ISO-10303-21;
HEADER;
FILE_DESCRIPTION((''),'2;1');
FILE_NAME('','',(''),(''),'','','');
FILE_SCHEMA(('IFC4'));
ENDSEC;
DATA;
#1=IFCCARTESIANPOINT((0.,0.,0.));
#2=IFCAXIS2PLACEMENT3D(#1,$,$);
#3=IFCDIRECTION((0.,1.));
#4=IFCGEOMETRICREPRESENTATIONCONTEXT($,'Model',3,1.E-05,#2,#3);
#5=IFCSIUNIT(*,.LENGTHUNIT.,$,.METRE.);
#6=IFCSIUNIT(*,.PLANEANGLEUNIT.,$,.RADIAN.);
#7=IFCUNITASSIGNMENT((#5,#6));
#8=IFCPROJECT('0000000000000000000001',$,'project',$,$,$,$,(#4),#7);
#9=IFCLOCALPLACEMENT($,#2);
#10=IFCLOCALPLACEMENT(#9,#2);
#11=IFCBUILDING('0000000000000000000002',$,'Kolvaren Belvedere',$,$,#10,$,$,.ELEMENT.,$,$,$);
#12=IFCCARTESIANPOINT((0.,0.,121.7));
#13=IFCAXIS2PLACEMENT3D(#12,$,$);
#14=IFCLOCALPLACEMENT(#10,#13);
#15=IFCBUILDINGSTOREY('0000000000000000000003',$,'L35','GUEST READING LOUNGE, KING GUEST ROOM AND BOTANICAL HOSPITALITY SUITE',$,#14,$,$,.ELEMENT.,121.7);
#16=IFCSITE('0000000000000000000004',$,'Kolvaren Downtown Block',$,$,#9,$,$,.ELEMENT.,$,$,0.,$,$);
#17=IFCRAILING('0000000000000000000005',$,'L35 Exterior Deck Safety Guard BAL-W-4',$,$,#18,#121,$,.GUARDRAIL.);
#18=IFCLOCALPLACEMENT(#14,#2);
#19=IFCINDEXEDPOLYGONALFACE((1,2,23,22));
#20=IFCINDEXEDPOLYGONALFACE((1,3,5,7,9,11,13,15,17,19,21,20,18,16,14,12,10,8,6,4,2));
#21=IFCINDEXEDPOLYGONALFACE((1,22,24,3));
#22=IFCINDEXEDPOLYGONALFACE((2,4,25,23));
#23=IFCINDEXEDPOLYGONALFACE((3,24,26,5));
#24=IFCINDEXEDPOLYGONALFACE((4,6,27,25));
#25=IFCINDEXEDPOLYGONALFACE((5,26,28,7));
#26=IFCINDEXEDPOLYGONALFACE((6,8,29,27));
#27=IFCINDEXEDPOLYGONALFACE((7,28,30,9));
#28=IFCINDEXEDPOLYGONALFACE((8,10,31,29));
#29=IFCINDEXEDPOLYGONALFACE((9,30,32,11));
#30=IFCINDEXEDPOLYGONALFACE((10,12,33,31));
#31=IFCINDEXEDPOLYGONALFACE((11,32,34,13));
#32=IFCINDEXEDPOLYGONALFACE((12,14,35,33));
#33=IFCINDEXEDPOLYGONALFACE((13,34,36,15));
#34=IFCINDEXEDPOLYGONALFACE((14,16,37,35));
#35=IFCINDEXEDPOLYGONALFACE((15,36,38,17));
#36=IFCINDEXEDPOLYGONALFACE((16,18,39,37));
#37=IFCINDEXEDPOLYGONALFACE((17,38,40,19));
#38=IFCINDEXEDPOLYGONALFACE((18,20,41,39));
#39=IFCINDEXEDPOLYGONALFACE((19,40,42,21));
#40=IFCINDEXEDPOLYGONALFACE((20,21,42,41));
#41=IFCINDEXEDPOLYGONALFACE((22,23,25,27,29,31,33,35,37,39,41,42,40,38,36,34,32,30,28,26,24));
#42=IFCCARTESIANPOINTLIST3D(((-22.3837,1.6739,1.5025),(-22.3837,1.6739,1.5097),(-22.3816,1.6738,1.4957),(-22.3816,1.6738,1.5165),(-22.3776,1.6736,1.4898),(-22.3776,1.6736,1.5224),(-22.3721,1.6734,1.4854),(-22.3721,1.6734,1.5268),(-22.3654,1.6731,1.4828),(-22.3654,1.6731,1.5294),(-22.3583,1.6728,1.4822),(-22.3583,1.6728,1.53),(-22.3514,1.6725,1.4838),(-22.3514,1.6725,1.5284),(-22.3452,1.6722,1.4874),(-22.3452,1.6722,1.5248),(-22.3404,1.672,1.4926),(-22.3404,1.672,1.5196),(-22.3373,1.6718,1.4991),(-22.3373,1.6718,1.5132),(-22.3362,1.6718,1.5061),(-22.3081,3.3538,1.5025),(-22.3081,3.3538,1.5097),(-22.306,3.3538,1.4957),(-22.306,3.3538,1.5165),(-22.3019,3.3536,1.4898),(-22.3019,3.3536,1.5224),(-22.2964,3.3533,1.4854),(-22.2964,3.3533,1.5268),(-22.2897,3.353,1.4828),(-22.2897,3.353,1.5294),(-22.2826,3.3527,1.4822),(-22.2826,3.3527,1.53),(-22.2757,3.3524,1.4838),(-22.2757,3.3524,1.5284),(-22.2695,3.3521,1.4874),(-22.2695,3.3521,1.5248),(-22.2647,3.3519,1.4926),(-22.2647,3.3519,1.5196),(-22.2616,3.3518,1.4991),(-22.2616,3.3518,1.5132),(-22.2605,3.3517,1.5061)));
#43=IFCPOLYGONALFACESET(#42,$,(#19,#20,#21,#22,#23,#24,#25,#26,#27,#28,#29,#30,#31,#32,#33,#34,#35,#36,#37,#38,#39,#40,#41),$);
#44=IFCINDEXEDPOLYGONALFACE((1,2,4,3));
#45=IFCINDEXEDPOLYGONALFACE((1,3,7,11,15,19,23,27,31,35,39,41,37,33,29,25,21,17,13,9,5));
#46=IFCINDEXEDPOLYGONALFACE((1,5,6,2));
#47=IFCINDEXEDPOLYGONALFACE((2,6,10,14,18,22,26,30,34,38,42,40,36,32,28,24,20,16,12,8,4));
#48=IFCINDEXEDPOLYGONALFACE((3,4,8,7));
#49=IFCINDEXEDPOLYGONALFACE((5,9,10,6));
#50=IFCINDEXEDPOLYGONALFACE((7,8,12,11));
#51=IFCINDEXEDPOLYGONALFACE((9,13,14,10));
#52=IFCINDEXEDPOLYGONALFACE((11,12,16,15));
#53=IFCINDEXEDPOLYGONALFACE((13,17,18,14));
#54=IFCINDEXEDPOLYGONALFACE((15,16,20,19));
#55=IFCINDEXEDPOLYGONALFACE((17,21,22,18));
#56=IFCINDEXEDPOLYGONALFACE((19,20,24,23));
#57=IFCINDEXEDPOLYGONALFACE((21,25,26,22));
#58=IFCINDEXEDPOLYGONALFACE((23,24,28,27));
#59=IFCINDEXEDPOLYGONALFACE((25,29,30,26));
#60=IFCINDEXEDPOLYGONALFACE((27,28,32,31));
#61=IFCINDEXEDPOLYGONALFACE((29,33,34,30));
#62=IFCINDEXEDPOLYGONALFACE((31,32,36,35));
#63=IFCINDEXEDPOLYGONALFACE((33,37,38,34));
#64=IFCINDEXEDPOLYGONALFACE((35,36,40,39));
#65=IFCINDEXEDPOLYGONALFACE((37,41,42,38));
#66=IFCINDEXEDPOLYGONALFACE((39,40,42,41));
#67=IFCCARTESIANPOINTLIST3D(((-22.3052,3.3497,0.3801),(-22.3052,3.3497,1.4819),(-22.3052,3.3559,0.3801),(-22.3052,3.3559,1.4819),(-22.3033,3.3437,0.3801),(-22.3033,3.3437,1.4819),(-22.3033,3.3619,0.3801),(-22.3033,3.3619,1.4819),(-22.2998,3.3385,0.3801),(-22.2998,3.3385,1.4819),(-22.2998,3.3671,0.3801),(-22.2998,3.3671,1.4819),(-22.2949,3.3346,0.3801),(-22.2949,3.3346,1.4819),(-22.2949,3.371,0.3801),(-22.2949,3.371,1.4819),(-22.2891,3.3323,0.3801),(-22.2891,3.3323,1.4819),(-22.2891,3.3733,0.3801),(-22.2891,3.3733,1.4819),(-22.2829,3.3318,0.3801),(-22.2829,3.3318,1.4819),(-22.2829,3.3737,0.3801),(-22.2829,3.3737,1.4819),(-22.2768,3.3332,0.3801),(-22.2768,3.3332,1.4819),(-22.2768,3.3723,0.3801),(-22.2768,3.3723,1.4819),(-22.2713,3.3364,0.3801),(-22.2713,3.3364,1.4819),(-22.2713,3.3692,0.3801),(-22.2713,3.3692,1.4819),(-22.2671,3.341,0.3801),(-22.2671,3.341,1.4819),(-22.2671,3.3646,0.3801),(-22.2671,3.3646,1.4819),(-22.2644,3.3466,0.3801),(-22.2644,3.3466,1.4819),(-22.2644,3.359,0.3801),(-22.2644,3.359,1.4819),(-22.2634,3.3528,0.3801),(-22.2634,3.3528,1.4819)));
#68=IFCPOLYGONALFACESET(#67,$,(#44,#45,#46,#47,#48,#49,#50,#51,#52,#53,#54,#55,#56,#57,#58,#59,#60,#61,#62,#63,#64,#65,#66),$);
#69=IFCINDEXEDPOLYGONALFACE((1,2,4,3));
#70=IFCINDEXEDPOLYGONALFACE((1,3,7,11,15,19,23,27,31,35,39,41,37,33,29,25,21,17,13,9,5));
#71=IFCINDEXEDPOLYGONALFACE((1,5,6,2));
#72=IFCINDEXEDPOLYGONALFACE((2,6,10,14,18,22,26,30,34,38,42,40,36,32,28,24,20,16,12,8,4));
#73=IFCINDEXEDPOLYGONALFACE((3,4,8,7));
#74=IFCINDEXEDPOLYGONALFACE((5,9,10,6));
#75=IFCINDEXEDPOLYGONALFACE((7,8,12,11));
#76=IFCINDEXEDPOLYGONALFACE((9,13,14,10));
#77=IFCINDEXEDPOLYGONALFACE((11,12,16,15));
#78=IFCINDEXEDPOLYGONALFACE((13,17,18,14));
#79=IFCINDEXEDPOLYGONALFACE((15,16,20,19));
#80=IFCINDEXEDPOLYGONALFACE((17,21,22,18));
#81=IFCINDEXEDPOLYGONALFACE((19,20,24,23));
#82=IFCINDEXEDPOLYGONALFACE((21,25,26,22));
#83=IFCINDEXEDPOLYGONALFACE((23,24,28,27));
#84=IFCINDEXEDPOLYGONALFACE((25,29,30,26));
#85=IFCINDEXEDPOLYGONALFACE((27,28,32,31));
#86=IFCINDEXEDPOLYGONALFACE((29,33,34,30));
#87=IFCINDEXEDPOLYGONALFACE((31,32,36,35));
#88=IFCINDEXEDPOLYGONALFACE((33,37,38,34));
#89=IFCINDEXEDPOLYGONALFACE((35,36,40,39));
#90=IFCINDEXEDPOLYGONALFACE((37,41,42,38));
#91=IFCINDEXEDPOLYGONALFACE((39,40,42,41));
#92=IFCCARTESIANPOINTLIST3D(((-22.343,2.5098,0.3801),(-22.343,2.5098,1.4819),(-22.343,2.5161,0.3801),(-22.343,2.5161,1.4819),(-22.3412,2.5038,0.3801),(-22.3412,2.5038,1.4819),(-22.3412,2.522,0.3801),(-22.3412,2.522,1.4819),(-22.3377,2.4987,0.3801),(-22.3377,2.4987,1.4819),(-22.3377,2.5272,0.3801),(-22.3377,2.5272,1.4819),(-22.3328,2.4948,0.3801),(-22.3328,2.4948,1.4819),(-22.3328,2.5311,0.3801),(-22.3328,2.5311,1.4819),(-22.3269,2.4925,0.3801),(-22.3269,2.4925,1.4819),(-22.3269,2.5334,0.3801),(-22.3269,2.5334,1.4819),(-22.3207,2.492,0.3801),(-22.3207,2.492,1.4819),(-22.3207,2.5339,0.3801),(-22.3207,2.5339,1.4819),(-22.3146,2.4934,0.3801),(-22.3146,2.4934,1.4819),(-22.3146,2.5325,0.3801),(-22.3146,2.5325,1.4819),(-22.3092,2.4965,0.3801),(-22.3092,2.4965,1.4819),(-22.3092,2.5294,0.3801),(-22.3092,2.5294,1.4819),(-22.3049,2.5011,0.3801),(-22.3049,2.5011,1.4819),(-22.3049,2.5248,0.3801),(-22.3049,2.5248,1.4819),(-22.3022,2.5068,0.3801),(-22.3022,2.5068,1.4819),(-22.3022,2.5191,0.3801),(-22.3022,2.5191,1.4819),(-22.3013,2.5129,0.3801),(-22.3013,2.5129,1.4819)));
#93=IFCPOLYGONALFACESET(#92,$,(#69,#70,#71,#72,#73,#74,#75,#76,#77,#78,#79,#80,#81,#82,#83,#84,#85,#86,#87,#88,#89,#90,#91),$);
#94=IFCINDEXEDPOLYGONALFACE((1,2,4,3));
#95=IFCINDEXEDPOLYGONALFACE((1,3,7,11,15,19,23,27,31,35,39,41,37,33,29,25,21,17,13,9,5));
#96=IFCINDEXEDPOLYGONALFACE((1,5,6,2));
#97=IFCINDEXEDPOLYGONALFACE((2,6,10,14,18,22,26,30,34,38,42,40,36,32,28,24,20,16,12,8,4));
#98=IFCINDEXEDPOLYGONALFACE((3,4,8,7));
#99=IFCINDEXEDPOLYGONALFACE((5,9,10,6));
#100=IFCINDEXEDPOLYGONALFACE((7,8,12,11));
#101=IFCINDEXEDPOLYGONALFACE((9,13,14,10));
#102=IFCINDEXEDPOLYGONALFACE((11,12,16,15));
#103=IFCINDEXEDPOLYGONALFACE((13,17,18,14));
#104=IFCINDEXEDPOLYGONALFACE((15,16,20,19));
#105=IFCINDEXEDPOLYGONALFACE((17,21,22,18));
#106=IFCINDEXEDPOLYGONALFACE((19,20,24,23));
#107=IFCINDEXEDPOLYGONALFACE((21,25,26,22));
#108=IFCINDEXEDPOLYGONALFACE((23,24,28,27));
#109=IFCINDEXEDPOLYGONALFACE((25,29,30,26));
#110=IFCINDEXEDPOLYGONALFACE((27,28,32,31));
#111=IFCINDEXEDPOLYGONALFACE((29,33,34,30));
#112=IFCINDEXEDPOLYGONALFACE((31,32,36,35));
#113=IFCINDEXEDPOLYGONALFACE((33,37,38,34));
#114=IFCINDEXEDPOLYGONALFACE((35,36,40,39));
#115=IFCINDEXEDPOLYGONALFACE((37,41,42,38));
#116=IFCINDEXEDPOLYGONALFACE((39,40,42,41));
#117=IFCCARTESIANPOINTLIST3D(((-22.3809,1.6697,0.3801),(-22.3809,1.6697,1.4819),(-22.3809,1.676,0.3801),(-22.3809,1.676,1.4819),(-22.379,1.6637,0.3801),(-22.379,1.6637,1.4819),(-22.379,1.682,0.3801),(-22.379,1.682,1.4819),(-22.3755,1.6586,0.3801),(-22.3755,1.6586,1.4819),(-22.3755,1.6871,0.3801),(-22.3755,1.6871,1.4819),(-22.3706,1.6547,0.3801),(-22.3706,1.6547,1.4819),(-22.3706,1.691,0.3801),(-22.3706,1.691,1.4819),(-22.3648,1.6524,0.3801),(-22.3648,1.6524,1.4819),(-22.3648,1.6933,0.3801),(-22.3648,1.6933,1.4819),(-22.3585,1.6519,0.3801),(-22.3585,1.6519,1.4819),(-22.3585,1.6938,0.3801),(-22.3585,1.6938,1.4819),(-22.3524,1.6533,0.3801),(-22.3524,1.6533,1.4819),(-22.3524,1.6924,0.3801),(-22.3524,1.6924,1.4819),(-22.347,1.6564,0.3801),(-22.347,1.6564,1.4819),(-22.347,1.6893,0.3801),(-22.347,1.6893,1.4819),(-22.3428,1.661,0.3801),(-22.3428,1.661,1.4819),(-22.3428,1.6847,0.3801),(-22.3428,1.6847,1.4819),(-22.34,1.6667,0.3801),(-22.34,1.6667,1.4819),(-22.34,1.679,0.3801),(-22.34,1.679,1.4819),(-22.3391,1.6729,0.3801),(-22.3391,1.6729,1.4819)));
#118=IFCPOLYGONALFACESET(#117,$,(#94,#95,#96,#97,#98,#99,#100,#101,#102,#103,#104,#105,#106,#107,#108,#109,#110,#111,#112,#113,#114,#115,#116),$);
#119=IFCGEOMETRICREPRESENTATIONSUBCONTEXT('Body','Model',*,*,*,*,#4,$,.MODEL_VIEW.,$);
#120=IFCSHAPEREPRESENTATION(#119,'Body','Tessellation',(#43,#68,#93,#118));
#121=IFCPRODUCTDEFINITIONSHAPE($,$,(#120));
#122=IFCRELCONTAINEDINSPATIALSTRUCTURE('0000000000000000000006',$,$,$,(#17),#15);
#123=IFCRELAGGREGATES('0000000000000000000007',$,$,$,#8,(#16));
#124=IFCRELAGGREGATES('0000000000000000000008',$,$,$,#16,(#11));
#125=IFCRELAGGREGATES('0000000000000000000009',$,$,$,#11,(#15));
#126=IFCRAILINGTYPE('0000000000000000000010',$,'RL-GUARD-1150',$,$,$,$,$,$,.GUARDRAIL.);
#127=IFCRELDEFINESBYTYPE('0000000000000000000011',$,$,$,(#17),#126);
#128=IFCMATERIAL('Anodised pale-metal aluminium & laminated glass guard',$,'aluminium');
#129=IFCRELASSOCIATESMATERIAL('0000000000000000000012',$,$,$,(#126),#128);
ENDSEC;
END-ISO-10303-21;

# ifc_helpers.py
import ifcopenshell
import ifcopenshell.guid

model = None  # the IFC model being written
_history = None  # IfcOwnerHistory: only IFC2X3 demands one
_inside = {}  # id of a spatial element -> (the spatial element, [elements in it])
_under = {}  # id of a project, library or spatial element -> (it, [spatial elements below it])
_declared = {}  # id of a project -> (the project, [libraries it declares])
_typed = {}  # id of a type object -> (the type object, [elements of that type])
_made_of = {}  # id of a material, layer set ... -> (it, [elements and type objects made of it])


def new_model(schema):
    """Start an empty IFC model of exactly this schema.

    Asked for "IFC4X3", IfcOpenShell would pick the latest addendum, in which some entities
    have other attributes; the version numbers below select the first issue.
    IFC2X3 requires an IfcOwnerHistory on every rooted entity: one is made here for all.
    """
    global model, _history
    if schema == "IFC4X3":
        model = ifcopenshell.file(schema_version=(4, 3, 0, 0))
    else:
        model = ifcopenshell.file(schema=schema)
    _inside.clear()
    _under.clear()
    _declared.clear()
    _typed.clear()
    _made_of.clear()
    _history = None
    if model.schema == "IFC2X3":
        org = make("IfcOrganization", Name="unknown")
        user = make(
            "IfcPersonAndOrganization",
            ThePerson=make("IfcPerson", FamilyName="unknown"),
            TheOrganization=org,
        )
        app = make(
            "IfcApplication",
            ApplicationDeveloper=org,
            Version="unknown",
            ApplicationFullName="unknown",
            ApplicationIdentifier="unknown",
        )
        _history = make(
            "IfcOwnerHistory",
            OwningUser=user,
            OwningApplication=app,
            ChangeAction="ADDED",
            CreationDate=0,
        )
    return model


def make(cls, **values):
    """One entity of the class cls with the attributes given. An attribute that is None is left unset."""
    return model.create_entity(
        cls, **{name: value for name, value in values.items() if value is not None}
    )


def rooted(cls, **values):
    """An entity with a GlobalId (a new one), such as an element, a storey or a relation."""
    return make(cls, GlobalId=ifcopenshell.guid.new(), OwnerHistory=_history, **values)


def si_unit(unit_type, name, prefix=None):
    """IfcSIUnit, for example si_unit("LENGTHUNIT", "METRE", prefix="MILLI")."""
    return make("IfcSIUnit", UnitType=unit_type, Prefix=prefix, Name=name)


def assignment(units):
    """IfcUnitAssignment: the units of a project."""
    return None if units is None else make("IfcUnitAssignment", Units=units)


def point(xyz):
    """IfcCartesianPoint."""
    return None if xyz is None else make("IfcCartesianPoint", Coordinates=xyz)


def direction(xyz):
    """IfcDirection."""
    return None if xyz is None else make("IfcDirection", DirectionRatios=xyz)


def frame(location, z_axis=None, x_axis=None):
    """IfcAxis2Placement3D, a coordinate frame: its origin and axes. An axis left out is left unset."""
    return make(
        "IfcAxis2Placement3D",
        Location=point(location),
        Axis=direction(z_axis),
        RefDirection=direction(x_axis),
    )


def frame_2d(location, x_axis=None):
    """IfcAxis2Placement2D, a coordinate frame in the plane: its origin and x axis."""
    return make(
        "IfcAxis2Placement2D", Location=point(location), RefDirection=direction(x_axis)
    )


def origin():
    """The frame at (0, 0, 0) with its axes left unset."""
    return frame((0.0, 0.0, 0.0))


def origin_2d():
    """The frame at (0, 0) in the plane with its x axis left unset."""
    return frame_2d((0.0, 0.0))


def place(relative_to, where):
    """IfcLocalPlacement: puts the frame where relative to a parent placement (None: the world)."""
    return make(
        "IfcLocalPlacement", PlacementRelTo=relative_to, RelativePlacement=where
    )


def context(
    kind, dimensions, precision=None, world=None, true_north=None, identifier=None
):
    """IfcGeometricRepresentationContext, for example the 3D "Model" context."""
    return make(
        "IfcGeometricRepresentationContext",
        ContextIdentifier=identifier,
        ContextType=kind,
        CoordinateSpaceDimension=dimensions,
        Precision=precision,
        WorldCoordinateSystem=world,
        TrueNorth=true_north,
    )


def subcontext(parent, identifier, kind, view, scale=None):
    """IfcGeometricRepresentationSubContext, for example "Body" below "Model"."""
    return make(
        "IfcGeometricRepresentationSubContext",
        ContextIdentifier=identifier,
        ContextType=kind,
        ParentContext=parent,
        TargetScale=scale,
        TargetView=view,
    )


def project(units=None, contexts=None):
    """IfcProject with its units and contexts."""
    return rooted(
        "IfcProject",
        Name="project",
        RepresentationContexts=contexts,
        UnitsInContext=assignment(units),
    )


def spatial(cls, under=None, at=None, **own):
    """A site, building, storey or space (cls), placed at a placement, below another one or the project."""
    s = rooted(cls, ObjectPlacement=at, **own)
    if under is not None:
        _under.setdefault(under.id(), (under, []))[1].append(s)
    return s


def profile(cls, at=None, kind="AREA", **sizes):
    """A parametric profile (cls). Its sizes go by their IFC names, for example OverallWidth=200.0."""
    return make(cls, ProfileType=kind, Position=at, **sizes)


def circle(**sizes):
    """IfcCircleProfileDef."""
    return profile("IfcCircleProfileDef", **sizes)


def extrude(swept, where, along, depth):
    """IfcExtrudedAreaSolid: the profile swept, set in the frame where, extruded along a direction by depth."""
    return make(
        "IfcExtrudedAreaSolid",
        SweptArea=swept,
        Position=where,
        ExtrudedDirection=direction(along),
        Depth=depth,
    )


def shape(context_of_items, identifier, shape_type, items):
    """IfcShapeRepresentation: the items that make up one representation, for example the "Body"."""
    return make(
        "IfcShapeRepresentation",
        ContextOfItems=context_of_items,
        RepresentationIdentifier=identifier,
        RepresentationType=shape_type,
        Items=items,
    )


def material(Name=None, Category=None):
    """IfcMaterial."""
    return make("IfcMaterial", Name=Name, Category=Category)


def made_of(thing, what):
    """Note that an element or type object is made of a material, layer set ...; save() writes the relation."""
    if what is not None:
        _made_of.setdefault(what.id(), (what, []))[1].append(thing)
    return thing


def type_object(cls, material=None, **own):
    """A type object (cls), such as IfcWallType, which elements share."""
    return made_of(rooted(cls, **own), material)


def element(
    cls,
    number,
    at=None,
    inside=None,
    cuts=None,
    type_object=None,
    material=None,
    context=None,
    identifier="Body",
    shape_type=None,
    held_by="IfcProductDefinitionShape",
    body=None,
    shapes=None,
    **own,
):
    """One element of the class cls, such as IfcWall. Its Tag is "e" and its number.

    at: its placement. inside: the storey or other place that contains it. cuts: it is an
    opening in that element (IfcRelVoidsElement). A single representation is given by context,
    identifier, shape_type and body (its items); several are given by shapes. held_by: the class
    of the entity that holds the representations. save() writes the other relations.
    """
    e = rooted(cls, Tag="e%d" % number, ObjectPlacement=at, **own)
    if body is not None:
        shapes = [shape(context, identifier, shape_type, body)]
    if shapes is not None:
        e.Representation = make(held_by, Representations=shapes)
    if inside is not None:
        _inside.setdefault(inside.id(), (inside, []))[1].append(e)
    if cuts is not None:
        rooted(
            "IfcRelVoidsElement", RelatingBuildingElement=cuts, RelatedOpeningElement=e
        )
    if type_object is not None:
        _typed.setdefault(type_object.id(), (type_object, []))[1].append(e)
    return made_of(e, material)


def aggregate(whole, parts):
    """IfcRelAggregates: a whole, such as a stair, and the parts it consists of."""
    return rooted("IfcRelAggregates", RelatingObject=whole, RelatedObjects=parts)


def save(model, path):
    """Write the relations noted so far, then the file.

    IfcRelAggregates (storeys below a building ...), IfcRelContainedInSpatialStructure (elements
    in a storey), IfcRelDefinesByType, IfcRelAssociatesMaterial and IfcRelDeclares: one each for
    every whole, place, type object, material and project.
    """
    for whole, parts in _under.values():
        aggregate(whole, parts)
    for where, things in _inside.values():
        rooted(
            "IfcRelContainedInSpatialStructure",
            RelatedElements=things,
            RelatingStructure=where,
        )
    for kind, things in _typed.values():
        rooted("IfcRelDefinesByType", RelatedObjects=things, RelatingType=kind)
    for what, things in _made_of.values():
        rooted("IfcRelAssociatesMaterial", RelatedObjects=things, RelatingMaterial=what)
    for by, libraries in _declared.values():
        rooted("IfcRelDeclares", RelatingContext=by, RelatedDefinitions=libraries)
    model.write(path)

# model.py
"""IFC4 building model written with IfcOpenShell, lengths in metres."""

from ifc_helpers import new_model, si_unit, direction, frame, origin, origin_2d, place, context, subcontext, project, spatial, circle, extrude, material, type_object, element, save


model = new_model("IFC4")

# Units and contexts
model_context = context("Model", 3, precision=1e-05, world=origin(), true_north=direction((0.0, 1.0)))
body_context = subcontext(model_context, "Body", "Model", "MODEL_VIEW")
ifc_project = project(units=[si_unit("LENGTHUNIT", "METRE"), si_unit("PLANEANGLEUNIT", "RADIAN")], contexts=[model_context])

# Site, building, storey
site_placement = place(None, origin())
site = spatial("IfcSite", under=ifc_project, at=site_placement, Name="Kolvaren Downtown Block", CompositionType="ELEMENT", RefElevation=0.0)
building_placement = place(site_placement, origin())
building = spatial("IfcBuilding", under=site, at=building_placement, Name="Kolvaren Belvedere", CompositionType="ELEMENT")
storey_placement = place(building_placement, frame((0.0, 0.0, 121.7)))
storey = spatial("IfcBuildingStorey", under=building, at=storey_placement, Name="L35", Description="GUEST READING LOUNGE, KING GUEST ROOM AND BOTANICAL HOSPITALITY SUITE", CompositionType="ELEMENT", Elevation=121.7)

# Railing
ifc_material_1 = material(Name="Anodised pale-metal aluminium & laminated glass guard", Category="aluminium")
railing_type = type_object("IfcRailingType", Name="RL-GUARD-1150", PredefinedType="GUARDRAIL", material=ifc_material_1)
railing_1_placement = place(storey_placement, frame((-22.2844, 3.3528, 0.3801)))
element("IfcRailing", 1, at=railing_1_placement, inside=storey, type_object=railing_type, Name="L35 Exterior Deck Safety Guard BAL-W-4", PredefinedType="GUARDRAIL", context=body_context, shape_type="SweptSolid", body=[
    extrude(circle(Radius=0.0239, at=origin_2d()), frame((0.0, 0.0, 1.126), z_axis=(-0.045006, -0.998987, 0.0), x_axis=(0.998987, -0.045006, 0.0)), (0.0, 0.0, 1.0), 1.6816),
    extrude(circle(Radius=0.021, at=origin_2d()), origin(), (0.0, 0.0, 1.0), 1.1018),
    extrude(circle(Radius=0.021, at=origin_2d()), frame((-0.0378, -0.8398, 0.0)), (0.0, 0.0, 1.0), 1.1018),
    extrude(circle(Radius=0.021, at=origin_2d()), frame((-0.0757, -1.6799, 0.0)), (0.0, 0.0, 1.0), 1.1018),
])

save(model, "model.ifc")
